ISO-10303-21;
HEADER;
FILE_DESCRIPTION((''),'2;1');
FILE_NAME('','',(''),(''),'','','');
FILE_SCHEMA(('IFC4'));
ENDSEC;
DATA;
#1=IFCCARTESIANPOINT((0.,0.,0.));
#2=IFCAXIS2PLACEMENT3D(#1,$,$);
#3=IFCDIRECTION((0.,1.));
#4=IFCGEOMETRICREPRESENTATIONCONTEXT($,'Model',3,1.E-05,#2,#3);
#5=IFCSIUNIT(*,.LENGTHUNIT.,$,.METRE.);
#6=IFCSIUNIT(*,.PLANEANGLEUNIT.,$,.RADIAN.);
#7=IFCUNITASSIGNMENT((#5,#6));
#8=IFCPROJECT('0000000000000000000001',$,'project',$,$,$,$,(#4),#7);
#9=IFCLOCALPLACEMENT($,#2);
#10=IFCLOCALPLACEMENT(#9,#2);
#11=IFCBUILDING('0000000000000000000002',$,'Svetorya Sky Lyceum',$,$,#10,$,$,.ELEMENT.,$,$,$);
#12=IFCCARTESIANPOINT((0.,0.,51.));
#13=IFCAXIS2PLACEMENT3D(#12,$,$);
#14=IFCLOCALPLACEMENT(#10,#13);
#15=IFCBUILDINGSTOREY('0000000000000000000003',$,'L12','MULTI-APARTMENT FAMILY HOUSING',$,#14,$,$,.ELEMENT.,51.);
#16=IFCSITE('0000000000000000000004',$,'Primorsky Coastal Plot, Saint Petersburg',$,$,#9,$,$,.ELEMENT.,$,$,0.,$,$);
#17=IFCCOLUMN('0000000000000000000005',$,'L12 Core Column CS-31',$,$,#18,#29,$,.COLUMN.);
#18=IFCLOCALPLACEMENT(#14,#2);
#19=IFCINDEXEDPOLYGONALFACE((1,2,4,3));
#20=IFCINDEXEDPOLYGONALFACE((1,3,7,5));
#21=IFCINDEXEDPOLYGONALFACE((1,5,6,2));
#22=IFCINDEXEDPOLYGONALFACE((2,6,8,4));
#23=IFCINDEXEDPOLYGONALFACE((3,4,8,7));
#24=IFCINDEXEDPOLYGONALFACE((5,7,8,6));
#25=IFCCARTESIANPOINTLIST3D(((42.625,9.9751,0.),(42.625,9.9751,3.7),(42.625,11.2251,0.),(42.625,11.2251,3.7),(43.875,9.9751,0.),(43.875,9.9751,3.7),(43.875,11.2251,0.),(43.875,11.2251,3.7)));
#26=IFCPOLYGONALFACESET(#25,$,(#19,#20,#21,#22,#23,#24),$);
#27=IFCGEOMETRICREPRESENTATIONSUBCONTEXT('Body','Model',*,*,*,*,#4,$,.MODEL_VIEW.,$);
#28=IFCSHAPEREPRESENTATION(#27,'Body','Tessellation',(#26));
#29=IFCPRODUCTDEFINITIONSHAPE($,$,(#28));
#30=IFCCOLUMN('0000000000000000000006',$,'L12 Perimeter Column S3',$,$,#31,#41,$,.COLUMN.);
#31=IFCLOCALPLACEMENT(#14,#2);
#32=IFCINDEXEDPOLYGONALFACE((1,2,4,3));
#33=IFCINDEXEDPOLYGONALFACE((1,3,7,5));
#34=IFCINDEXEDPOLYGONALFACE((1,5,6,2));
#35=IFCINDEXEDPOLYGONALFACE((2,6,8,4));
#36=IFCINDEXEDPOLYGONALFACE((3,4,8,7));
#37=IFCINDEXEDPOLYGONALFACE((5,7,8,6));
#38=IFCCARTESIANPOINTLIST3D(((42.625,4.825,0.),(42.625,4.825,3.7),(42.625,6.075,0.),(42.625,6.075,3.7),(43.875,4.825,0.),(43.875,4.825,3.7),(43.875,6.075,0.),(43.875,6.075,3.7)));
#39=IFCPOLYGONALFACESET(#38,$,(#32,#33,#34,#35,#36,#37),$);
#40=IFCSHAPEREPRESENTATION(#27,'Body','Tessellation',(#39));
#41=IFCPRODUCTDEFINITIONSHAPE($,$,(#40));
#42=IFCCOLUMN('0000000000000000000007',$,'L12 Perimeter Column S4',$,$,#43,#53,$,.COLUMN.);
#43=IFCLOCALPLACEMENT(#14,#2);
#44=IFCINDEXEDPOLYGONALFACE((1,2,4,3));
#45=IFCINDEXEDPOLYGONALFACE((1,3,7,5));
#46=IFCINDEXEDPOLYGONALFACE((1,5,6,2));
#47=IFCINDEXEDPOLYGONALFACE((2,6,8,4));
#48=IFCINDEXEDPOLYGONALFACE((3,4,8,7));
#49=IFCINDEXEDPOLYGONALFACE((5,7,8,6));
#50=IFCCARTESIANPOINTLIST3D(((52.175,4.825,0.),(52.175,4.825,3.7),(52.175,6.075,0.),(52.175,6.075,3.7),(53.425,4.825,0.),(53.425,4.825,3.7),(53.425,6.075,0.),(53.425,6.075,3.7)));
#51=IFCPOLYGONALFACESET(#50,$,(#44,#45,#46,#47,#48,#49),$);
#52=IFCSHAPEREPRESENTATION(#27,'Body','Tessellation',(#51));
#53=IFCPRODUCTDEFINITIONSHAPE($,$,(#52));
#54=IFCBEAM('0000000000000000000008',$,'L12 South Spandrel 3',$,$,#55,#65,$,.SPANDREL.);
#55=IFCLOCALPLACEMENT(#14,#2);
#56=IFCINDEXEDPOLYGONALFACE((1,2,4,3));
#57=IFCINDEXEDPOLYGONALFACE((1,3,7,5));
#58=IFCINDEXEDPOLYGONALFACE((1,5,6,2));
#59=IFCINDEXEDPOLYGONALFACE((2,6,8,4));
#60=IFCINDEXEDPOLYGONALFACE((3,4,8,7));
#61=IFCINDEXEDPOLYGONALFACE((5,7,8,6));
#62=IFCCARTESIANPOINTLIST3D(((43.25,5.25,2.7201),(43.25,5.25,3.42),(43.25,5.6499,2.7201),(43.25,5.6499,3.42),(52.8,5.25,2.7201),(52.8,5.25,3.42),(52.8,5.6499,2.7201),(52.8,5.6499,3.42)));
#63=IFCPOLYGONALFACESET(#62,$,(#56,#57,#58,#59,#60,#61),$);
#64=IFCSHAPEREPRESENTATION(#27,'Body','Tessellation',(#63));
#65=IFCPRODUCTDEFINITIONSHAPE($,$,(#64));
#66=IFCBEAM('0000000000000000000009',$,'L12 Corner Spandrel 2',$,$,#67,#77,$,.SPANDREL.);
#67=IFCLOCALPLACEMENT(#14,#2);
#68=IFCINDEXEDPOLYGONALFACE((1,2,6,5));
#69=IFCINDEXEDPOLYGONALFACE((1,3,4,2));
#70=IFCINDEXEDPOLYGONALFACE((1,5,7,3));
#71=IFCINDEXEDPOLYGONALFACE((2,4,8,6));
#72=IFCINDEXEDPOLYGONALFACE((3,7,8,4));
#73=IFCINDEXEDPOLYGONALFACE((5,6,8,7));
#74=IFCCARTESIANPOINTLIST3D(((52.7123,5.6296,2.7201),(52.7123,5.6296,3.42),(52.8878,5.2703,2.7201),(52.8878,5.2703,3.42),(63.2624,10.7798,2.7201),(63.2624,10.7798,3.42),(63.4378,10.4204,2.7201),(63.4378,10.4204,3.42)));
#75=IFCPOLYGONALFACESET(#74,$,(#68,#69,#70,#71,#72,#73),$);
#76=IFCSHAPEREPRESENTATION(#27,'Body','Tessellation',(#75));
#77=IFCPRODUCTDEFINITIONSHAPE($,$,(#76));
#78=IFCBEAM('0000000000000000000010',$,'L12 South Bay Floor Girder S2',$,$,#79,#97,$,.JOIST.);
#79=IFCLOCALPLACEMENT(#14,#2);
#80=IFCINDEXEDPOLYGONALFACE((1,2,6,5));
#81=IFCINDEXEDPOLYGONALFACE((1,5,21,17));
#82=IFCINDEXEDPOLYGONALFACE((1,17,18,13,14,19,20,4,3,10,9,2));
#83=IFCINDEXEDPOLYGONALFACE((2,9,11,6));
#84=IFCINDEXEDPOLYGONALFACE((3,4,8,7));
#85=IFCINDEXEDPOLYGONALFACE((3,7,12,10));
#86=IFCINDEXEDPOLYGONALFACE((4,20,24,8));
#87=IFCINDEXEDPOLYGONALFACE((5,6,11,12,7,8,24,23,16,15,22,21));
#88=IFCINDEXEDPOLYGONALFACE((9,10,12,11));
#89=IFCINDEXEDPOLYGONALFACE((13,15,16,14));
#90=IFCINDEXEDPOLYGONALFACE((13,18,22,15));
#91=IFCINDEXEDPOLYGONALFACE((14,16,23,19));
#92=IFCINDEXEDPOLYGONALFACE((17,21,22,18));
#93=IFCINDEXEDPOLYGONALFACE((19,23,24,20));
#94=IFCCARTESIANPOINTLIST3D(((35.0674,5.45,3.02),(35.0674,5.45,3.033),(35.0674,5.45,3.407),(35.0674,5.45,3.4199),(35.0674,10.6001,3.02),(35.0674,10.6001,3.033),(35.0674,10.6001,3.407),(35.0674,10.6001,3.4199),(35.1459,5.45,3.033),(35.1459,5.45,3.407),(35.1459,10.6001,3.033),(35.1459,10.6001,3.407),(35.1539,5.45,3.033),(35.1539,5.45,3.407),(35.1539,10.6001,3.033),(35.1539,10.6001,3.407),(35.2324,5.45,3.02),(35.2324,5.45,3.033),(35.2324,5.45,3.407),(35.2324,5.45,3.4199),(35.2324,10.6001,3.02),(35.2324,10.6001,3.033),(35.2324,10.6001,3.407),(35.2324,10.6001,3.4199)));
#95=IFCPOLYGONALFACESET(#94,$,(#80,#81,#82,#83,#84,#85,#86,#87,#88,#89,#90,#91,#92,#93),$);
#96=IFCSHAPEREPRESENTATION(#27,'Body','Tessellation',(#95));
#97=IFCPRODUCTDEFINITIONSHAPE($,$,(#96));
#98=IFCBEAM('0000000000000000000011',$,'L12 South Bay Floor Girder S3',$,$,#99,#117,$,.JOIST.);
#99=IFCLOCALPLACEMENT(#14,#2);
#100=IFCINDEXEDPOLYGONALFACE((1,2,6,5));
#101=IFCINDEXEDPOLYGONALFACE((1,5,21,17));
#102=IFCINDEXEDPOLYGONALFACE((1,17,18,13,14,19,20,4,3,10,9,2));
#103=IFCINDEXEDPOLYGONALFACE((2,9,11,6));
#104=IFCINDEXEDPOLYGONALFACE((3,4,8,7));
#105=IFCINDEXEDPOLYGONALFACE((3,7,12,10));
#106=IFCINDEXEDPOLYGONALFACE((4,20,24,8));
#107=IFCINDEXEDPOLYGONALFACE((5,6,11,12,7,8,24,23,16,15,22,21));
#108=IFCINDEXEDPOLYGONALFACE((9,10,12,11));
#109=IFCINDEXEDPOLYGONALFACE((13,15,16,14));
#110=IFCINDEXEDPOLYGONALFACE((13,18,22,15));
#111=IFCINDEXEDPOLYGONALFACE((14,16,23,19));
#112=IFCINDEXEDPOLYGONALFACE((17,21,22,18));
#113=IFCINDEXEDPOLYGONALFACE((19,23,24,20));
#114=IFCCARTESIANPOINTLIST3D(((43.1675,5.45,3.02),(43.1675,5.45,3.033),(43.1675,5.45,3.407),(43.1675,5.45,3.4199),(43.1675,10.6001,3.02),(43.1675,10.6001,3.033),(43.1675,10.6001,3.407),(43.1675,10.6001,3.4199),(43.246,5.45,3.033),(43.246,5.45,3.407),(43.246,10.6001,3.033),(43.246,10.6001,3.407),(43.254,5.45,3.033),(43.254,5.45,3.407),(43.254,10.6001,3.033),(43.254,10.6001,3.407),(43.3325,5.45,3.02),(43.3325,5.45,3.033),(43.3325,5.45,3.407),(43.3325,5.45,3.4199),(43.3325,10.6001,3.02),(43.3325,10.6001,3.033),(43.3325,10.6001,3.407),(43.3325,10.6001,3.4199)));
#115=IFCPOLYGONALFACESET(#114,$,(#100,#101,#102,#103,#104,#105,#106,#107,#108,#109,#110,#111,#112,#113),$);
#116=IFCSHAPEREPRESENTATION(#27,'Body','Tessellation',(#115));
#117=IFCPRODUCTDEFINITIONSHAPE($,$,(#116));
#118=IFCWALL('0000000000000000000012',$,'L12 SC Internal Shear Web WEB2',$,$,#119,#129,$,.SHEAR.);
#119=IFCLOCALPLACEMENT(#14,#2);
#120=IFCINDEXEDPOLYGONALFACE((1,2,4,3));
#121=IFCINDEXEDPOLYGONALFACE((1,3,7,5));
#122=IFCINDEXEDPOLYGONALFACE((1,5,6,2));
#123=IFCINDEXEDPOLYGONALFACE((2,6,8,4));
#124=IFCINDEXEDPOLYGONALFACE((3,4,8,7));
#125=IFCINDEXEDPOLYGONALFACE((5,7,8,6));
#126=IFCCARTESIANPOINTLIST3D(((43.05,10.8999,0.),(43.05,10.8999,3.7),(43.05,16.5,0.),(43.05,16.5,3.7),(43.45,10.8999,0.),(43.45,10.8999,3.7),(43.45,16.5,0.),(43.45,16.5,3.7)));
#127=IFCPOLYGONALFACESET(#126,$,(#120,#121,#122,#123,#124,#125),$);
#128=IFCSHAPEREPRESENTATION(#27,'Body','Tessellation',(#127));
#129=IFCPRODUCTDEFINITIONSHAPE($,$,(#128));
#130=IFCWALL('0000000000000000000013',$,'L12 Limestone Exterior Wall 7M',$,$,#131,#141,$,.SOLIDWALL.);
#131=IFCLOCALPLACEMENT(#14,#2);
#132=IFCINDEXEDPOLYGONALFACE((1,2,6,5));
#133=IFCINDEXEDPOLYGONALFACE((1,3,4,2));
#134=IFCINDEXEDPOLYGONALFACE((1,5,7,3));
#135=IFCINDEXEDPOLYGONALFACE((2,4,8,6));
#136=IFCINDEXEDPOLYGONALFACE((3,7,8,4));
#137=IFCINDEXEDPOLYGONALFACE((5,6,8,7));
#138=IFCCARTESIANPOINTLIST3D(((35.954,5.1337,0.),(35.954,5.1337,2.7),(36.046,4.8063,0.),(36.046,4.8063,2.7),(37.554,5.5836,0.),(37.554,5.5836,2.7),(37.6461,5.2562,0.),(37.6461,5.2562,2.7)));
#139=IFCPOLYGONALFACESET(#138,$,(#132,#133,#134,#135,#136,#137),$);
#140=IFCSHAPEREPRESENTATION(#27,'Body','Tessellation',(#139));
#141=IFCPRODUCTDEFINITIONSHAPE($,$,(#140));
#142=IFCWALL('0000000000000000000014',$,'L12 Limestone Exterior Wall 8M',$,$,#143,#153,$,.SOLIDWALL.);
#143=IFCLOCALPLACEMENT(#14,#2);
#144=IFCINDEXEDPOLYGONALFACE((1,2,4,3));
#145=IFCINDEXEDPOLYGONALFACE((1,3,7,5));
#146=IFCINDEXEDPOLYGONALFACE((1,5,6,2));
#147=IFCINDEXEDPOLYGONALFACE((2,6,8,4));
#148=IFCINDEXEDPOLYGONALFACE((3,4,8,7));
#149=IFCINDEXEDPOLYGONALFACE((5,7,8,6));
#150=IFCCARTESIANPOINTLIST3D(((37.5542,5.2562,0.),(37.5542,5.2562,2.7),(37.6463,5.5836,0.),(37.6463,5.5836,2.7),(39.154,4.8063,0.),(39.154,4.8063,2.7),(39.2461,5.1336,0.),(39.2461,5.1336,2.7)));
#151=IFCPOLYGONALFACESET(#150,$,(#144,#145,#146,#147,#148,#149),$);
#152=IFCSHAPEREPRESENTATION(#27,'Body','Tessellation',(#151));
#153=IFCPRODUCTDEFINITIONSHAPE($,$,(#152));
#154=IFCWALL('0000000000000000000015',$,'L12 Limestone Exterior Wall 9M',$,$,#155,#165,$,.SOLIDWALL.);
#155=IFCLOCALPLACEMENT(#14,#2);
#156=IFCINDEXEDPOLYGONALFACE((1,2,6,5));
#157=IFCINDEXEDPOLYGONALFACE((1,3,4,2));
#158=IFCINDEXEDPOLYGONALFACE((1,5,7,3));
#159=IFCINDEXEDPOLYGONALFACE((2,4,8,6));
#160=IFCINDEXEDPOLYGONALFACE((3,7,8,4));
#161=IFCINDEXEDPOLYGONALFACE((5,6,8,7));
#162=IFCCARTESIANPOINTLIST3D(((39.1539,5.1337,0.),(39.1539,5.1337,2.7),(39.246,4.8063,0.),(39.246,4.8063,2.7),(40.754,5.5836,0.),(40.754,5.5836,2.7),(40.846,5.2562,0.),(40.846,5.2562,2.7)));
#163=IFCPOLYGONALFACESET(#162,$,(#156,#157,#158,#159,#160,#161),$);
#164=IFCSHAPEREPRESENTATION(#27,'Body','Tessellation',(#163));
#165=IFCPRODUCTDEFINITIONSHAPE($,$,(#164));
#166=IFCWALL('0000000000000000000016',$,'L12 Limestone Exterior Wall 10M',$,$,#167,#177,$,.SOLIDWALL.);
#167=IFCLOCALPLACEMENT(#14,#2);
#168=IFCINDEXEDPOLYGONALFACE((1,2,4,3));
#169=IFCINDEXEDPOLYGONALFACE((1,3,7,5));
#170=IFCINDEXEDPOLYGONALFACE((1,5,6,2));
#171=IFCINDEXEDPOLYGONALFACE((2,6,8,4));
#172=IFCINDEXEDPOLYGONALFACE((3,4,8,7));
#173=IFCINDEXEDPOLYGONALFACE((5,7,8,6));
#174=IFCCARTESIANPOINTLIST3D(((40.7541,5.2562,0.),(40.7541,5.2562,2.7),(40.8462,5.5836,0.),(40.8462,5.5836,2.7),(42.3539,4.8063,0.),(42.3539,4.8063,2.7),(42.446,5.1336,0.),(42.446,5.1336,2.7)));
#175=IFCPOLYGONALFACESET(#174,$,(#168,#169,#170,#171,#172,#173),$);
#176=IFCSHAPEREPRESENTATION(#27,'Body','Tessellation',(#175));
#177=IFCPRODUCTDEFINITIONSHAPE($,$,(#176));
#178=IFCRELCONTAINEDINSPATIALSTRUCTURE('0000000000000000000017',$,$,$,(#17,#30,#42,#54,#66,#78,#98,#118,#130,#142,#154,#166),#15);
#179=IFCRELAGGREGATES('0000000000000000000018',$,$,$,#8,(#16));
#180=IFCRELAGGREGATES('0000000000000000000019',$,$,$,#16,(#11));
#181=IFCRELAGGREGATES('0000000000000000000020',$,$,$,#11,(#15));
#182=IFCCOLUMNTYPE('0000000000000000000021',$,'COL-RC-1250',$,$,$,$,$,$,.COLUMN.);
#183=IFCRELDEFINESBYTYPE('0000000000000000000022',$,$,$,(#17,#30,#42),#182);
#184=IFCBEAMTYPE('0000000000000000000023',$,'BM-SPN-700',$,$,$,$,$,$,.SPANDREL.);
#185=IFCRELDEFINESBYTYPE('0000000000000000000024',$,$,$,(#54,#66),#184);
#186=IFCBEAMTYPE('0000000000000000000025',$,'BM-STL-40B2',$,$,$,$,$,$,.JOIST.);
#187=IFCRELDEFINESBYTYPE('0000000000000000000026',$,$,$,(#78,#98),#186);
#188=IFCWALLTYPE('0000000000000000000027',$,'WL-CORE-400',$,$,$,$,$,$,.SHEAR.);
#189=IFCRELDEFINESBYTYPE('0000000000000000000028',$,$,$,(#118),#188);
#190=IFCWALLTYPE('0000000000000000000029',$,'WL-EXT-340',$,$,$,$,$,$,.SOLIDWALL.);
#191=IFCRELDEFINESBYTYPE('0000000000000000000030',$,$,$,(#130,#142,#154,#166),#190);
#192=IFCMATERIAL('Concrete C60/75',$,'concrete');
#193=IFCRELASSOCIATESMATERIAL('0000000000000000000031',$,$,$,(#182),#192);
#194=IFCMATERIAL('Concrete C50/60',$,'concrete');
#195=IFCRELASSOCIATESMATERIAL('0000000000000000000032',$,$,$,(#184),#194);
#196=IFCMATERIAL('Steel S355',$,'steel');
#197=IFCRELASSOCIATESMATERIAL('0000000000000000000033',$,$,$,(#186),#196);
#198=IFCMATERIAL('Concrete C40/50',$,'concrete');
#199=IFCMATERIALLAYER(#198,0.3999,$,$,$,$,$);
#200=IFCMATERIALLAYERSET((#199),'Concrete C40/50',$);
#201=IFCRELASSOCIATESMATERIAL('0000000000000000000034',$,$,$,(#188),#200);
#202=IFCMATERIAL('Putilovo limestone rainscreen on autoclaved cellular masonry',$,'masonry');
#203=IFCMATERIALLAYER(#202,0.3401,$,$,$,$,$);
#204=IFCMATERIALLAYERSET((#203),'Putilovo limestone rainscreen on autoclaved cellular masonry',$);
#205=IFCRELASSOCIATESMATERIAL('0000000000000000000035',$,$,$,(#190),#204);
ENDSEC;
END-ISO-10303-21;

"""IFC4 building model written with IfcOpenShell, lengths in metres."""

from ifc_helpers import new_model, si_unit, direction, frame, frame_2d, origin, origin_2d, place, context, subcontext, project, spatial, rectangle, i_section, extrude, material, layer, layer_set, material_profile, profile_set, type_object, element, save


model = new_model("IFC4")

# Units and contexts
model_context = context("Model", 3, precision=1e-05, world=origin(), true_north=direction((0.0, 1.0)))
body_context = subcontext(model_context, "Body", "Model", "MODEL_VIEW")
ifc_project = project(units=[si_unit("LENGTHUNIT", "METRE"), si_unit("PLANEANGLEUNIT", "RADIAN")], contexts=[model_context])

# Site, building, storey
site_placement = place(None, origin())
site = spatial("IfcSite", under=ifc_project, at=site_placement, Name="Primorsky Coastal Plot, Saint Petersburg", CompositionType="ELEMENT", RefElevation=0.0)
building_placement = place(site_placement, origin())
building = spatial("IfcBuilding", under=site, at=building_placement, Name="Svetorya Sky Lyceum", CompositionType="ELEMENT")
storey_placement = place(building_placement, frame((0.0, 0.0, 51.0)))
storey = spatial("IfcBuildingStorey", under=building, at=storey_placement, Name="L12", Description="MULTI-APARTMENT FAMILY HOUSING", CompositionType="ELEMENT", Elevation=51.0)

# Columns
ifc_material_1 = material(Name="Concrete C60/75", Category="concrete")
ifc_material_profile_1 = material_profile(ifc_material_1, rectangle(XDim=1.25, YDim=1.25, at=origin_2d()), Name="RC COL 1250x1250")
ifc_profile_set_1 = profile_set([ifc_material_profile_1], Name="Concrete C60/75")
column_type = type_object("IfcColumnType", Name="COL-RC-1250", PredefinedType="COLUMN", material=ifc_profile_set_1)
for number, where, z_axis, x_axis, name in (
    (1, (43.25, 10.6001, 0.0), (0.0, 0.0, 1.0), (1.0, 0.0, 0.0), "L12 Core Column CS-31"),
    (2, (43.25, 5.45, 0.0), (0.0, 0.0, 1.0), (1.0, 0.0, 0.0), "L12 Perimeter Column S3"),
    (3, (52.8, 5.45, 0.0), (0.0, 0.0, 1.0), (1.0, 0.0, 0.0), "L12 Perimeter Column S4"),
):
    element("IfcColumn", number, at=place(storey_placement, frame(where, z_axis=z_axis, x_axis=x_axis)), inside=storey, type_object=column_type, Name=name, PredefinedType="COLUMN", context=body_context, shape_type="SweptSolid", body=[
        extrude(rectangle(XDim=1.25, YDim=1.25, at=origin_2d()), origin(), (0.0, 0.0, 1.0), 3.7),
    ])

# Beams
ifc_material_2 = material(Name="Concrete C50/60", Category="concrete")
ifc_material_profile_2 = material_profile(ifc_material_2, rectangle(XDim=0.3999, YDim=0.7, at=origin_2d()), Name="RC SPANDREL 400x700")
ifc_profile_set_2 = profile_set([ifc_material_profile_2], Name="Concrete C50/60")
beam_type_1 = type_object("IfcBeamType", Name="BM-SPN-700", PredefinedType="SPANDREL", material=ifc_profile_set_2)
beam_1_placement = place(storey_placement, frame((43.25, 5.45, 3.0701), z_axis=(1.0, 0.0, 0.0), x_axis=(0.0, 1.0, 0.0)))
element("IfcBeam", 4, at=beam_1_placement, inside=storey, type_object=beam_type_1, Name="L12 South Spandrel 3", PredefinedType="SPANDREL", context=body_context, shape_type="SweptSolid", body=[
    extrude(rectangle(XDim=0.3999, YDim=0.7, at=origin_2d()), origin(), (0.0, 0.0, 1.0), 9.55),
])
beam_2_placement = place(storey_placement, frame((52.8, 5.45, 3.0701), z_axis=(0.898641, 0.438684, 0.0), x_axis=(-0.438684, 0.898641, 0.0)))
element("IfcBeam", 5, at=beam_2_placement, inside=storey, type_object=beam_type_1, Name="L12 Corner Spandrel 2", PredefinedType="SPANDREL", context=body_context, shape_type="SweptSolid", body=[
    extrude(rectangle(XDim=0.3999, YDim=0.7, at=origin_2d()), origin(), (0.0, 0.0, 1.0), 11.74),
])
ifc_material_3 = material(Name="Steel S355", Category="steel")
ifc_material_profile_3 = material_profile(ifc_material_3, i_section(OverallWidth=0.165, OverallDepth=0.3999, WebThickness=0.0081, FlangeThickness=0.0129, at=origin_2d()), Name="GOST 40B2")
ifc_profile_set_3 = profile_set([ifc_material_profile_3], Name="Steel S355")
beam_type_2 = type_object("IfcBeamType", Name="BM-STL-40B2", PredefinedType="JOIST", material=ifc_profile_set_3)
for number, where, z_axis, x_axis, name in (
    (6, (35.1499, 5.45, 3.22), (0.0, 1.0, 0.0), (-1.0, 0.0, 0.0), "L12 South Bay Floor Girder S2"),
    (7, (43.25, 5.45, 3.22), (0.0, 1.0, 0.0), (-1.0, 0.0, 0.0), "L12 South Bay Floor Girder S3"),
):
    element("IfcBeam", number, at=place(storey_placement, frame(where, z_axis=z_axis, x_axis=x_axis)), inside=storey, type_object=beam_type_2, Name=name, PredefinedType="JOIST", context=body_context, shape_type="SweptSolid", body=[
        extrude(i_section(OverallWidth=0.165, OverallDepth=0.3999, WebThickness=0.0081, FlangeThickness=0.0129, at=origin_2d()), origin(), (0.0, 0.0, 1.0), 5.1501),
    ])

# Walls
ifc_material_4 = material(Name="Concrete C40/50", Category="concrete")
ifc_layer_1 = layer(ifc_material_4, 0.3999)
ifc_layer_set_1 = layer_set([ifc_layer_1], Name="Concrete C40/50")
wall_type_1 = type_object("IfcWallType", Name="WL-CORE-400", PredefinedType="SHEAR", material=ifc_layer_set_1)
wall_1_placement = place(storey_placement, frame((43.25, 10.8999, 0.0), z_axis=(0.0, 0.0, 1.0), x_axis=(0.0, 1.0, 0.0)))
element("IfcWall", 8, at=wall_1_placement, inside=storey, type_object=wall_type_1, Name="L12 SC Internal Shear Web WEB2", PredefinedType="SHEAR", context=body_context, shape_type="SweptSolid", body=[
    extrude(rectangle(XDim=5.6001, YDim=0.3999, at=frame_2d((2.8, 0.0))), origin(), (0.0, 0.0, 1.0), 3.7),
])
ifc_material_5 = material(Name="Putilovo limestone rainscreen on autoclaved cellular masonry", Category="masonry")
ifc_layer_2 = layer(ifc_material_5, 0.3401)
ifc_layer_set_2 = layer_set([ifc_layer_2], Name="Putilovo limestone rainscreen on autoclaved cellular masonry")
wall_type_2 = type_object("IfcWallType", Name="WL-EXT-340", PredefinedType="SOLIDWALL", material=ifc_layer_set_2)
wall_2_placement = place(storey_placement, frame((36.0, 4.97, 0.0), z_axis=(0.0, 0.0, 1.0), x_axis=(0.962663, 0.270703, 0.0)))
element("IfcWall", 9, at=wall_2_placement, inside=storey, type_object=wall_type_2, Name="L12 Limestone Exterior Wall 7M", PredefinedType="SOLIDWALL", context=body_context, shape_type="SweptSolid", body=[
    extrude(rectangle(XDim=1.6621, YDim=0.3401, at=frame_2d((0.8311, 0.0))), origin(), (0.0, 0.0, 1.0), 2.7),
])
wall_3_placement = place(storey_placement, frame((37.6001, 5.4199, 0.0), z_axis=(0.0, 0.0, 1.0), x_axis=(0.962652, -0.270741, 0.0)))
element("IfcWall", 10, at=wall_3_placement, inside=storey, type_object=wall_type_2, Name="L12 Limestone Exterior Wall 8M", PredefinedType="SOLIDWALL", context=body_context, shape_type="SweptSolid", body=[
    extrude(rectangle(XDim=1.6619, YDim=0.3401, at=frame_2d((0.8311, 0.0))), origin(), (0.0, 0.0, 1.0), 2.7),
])
wall_4_placement = place(storey_placement, frame((39.2, 4.97, 0.0), z_axis=(0.0, 0.0, 1.0), x_axis=(0.962663, 0.270703, 0.0)))
element("IfcWall", 11, at=wall_4_placement, inside=storey, type_object=wall_type_2, Name="L12 Limestone Exterior Wall 9M", PredefinedType="SOLIDWALL", context=body_context, shape_type="SweptSolid", body=[
    extrude(rectangle(XDim=1.6621, YDim=0.3401, at=frame_2d((0.8311, 0.0))), origin(), (0.0, 0.0, 1.0), 2.7),
])
wall_5_placement = place(storey_placement, frame((40.8, 5.4199, 0.0), z_axis=(0.0, 0.0, 1.0), x_axis=(0.962652, -0.270741, 0.0)))
element("IfcWall", 12, at=wall_5_placement, inside=storey, type_object=wall_type_2, Name="L12 Limestone Exterior Wall 10M", PredefinedType="SOLIDWALL", context=body_context, shape_type="SweptSolid", body=[
    extrude(rectangle(XDim=1.6619, YDim=0.3401, at=frame_2d((0.8311, 0.0))), origin(), (0.0, 0.0, 1.0), 2.7),
])

save(model, "model.ifc")
